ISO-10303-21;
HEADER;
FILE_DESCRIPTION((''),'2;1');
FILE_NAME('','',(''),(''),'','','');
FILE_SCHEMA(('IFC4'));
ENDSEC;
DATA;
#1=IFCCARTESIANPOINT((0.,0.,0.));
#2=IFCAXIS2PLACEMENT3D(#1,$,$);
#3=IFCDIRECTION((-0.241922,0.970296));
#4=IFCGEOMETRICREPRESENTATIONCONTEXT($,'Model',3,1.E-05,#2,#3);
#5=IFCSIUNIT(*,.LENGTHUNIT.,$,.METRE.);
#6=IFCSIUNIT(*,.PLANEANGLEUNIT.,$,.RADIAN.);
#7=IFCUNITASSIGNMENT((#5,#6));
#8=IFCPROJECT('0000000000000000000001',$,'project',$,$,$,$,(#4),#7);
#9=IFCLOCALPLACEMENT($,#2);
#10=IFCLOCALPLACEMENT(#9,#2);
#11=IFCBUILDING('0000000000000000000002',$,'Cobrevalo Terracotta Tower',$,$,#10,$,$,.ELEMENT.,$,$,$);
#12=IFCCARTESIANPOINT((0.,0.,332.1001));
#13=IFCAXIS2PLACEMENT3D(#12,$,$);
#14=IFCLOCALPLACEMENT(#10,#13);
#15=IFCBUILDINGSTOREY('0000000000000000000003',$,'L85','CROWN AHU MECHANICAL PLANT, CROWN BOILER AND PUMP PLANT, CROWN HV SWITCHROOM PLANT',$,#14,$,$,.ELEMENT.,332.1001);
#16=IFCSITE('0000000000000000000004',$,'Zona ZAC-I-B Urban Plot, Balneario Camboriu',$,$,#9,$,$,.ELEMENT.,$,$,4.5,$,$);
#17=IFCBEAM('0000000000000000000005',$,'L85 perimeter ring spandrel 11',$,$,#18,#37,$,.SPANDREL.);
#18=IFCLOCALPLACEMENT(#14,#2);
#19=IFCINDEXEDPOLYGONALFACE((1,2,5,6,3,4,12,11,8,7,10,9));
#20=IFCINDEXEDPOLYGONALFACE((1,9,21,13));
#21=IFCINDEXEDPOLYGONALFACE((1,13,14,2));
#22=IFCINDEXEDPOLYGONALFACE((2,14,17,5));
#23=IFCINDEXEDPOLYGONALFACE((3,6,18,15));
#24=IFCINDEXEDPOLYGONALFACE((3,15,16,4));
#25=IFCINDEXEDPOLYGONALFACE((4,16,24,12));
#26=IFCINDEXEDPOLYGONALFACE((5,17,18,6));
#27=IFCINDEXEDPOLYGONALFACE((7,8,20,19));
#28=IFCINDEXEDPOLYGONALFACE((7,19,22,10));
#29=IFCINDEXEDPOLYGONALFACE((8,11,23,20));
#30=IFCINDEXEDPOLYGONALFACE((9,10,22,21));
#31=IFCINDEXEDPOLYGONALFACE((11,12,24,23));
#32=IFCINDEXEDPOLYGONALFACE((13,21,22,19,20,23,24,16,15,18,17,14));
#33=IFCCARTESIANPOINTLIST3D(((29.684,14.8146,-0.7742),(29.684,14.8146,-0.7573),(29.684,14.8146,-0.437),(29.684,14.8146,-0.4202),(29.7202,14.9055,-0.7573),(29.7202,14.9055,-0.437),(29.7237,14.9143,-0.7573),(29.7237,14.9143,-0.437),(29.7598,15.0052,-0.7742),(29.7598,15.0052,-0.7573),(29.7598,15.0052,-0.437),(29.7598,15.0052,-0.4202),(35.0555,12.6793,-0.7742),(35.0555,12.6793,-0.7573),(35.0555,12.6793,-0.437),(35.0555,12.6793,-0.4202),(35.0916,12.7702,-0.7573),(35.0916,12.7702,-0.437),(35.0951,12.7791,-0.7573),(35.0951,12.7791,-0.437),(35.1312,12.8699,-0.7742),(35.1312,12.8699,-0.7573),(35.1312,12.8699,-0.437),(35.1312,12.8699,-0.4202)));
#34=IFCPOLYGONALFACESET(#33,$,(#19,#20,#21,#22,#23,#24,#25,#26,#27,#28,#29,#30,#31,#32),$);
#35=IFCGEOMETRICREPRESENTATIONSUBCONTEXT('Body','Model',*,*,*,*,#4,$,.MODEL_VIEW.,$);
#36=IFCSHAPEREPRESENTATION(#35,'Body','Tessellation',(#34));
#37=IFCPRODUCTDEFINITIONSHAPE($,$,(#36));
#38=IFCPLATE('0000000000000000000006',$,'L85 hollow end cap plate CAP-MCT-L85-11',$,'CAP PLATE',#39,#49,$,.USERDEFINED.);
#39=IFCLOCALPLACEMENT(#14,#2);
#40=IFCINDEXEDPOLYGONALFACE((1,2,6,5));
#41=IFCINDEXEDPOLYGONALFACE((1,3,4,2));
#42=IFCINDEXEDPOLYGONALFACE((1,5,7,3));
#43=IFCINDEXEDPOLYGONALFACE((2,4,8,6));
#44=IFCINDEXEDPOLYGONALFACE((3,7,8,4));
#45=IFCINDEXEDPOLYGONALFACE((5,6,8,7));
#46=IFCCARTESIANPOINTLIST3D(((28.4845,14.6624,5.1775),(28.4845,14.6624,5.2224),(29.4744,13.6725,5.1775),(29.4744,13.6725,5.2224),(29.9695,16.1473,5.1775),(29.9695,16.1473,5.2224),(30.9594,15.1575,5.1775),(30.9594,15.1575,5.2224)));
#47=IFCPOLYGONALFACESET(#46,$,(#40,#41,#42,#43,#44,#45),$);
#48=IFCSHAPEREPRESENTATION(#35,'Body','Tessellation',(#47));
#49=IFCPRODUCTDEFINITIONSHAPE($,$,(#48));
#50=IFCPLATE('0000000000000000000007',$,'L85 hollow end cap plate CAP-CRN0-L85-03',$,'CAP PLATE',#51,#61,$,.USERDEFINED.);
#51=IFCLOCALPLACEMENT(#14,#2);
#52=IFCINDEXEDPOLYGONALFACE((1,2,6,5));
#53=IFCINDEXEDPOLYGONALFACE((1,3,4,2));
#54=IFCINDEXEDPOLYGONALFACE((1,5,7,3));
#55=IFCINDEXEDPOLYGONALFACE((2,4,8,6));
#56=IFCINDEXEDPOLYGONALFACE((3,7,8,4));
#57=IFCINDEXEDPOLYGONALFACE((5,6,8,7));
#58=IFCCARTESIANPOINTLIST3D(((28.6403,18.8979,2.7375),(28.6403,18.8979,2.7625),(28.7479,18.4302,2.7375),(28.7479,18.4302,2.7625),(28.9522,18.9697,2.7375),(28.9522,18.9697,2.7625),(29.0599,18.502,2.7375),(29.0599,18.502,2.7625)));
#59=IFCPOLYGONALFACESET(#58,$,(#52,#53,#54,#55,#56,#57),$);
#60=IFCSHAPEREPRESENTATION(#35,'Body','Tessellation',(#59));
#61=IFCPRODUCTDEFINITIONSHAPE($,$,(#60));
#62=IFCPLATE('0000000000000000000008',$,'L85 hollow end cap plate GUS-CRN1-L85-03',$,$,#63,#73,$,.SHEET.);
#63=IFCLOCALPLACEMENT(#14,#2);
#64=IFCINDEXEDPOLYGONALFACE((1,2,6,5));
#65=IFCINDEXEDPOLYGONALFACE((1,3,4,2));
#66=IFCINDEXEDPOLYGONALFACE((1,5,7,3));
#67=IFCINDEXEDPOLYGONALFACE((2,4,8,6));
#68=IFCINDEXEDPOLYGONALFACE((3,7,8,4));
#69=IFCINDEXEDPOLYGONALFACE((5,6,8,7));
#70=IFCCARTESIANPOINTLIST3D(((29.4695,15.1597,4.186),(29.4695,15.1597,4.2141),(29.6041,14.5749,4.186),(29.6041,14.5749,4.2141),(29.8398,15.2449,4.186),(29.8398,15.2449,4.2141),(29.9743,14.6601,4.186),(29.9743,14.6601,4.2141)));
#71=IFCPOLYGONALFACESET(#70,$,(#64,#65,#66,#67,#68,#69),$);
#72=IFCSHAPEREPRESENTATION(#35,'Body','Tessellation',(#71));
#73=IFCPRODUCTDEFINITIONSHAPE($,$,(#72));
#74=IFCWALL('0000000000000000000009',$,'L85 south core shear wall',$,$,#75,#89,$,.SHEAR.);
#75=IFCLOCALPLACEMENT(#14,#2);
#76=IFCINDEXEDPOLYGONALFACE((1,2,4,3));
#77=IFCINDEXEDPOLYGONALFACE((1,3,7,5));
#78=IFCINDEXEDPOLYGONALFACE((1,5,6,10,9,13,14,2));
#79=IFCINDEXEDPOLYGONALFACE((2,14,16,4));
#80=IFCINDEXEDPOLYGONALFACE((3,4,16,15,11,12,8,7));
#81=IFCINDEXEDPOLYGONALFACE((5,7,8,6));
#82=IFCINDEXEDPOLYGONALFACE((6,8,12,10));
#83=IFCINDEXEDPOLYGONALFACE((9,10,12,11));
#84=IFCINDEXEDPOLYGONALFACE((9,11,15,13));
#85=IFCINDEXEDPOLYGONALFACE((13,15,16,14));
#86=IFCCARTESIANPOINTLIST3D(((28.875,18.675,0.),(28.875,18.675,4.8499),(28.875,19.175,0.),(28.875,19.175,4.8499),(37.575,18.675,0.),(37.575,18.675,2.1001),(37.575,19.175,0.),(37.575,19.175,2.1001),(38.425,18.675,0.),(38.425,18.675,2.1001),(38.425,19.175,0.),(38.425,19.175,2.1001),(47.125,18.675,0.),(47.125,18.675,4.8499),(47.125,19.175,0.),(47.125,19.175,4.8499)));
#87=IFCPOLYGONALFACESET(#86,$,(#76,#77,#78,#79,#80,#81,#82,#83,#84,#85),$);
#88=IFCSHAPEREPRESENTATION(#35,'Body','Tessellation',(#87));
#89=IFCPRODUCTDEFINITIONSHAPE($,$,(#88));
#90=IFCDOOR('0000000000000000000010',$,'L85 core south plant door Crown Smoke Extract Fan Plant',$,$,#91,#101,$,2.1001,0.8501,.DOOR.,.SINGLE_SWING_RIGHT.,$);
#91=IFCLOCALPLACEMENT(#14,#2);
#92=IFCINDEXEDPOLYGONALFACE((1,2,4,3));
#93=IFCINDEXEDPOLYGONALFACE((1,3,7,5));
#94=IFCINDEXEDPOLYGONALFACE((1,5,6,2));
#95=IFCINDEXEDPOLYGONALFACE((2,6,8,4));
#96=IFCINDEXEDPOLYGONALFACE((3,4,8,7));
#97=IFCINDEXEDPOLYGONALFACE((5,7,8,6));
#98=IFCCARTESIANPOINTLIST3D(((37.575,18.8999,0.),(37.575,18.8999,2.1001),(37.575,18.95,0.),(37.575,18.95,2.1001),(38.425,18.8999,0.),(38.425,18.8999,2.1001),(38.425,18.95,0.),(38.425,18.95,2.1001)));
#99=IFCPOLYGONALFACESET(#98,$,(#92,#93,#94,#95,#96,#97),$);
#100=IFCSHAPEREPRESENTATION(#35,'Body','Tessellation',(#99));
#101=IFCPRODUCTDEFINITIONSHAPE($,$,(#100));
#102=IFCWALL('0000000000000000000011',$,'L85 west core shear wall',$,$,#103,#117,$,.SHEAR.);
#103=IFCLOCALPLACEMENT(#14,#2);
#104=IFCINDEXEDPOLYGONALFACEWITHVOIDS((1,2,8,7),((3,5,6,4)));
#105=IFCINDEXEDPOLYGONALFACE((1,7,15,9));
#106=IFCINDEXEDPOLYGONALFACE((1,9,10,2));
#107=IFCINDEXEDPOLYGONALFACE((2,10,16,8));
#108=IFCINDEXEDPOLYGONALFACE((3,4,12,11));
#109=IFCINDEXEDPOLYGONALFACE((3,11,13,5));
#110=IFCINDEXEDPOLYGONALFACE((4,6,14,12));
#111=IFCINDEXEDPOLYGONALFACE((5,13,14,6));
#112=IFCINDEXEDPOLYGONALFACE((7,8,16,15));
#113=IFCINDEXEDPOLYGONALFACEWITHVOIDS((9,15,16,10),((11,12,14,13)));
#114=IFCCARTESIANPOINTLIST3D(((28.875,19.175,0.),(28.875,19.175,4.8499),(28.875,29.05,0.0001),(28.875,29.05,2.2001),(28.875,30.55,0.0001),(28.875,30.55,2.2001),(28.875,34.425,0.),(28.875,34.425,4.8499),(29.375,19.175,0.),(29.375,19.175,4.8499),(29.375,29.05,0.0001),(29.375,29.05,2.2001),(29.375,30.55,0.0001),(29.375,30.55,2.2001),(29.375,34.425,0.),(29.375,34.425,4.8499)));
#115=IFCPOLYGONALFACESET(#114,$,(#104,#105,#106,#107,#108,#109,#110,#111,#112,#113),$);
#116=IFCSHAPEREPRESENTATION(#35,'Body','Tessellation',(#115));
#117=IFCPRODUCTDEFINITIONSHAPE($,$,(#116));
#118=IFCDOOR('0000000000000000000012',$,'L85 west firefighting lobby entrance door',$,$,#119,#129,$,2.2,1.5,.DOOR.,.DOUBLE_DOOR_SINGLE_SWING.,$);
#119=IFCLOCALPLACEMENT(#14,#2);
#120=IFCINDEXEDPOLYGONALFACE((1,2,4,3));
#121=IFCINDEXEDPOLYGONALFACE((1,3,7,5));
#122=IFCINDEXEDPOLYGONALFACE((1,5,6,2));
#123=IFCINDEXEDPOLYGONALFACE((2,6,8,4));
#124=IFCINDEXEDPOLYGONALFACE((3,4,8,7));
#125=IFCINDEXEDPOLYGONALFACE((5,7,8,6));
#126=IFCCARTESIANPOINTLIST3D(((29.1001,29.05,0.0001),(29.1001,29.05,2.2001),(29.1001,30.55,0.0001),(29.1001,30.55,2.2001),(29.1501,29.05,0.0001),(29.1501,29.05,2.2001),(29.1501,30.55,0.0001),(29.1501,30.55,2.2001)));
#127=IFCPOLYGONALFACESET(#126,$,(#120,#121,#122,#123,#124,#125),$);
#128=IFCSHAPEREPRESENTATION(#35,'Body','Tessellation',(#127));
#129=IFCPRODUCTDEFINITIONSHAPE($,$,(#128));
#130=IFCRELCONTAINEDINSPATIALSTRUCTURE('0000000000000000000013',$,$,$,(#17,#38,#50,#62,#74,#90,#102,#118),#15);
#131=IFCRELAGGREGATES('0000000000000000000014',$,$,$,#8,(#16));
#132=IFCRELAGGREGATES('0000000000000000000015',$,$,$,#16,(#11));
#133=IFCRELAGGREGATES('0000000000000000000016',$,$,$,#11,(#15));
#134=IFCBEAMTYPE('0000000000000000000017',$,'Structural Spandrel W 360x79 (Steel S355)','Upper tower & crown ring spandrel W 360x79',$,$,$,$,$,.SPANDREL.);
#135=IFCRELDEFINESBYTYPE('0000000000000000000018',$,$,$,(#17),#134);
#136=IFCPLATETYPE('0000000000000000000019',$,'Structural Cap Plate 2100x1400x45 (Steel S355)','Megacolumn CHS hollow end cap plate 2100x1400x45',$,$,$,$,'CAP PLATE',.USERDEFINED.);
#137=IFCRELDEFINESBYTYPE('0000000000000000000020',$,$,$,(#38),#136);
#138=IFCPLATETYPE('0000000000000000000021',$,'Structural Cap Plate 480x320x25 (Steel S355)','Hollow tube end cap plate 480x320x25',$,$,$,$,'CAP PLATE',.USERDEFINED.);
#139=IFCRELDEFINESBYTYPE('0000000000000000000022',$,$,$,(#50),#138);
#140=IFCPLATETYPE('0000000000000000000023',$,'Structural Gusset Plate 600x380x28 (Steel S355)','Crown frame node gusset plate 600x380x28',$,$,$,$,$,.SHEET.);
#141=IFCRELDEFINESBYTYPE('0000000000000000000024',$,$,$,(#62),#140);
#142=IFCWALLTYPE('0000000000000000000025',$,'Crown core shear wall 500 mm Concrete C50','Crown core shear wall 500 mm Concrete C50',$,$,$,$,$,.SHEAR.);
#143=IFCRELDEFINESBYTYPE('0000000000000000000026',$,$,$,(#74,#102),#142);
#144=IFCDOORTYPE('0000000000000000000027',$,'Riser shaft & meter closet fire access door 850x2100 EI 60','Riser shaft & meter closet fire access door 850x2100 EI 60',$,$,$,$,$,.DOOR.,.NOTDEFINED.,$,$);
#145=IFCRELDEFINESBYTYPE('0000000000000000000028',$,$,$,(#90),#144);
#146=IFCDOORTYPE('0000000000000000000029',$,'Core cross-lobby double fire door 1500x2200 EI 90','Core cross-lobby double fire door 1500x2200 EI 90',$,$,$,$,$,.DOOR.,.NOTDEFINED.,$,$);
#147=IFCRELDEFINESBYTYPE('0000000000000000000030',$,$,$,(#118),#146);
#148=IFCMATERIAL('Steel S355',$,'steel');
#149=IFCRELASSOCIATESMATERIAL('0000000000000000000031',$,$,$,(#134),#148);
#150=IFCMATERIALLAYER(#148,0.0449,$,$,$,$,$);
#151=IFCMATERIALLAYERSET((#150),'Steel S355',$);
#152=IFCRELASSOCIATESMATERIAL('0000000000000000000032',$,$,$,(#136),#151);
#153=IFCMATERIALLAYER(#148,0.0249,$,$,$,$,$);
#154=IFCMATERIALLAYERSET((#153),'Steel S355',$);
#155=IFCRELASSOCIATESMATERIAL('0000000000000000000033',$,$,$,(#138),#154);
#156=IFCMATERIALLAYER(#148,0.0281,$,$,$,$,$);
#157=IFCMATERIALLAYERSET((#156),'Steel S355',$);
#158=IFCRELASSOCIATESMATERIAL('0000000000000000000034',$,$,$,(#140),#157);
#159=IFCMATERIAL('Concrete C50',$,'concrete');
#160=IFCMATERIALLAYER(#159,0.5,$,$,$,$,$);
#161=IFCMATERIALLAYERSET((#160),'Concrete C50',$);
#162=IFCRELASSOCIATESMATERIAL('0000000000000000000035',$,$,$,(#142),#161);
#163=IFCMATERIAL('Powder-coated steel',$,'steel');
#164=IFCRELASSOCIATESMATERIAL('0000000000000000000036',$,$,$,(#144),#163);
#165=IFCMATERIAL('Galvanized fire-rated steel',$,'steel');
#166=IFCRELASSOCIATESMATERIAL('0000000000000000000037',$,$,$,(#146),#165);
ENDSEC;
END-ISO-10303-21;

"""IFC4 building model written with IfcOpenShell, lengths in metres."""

from ifc_helpers import new_model, si_unit, direction, frame, frame_2d, origin, origin_2d, place, context, subcontext, project, spatial, rectangle, i_section, extrude, source, transform, mapped, material, layer, layer_set, material_profile, profile_set, type_object, element, fill, save


model = new_model("IFC4")

# Units and contexts
model_context = context("Model", 3, precision=1e-05, world=origin(), true_north=direction((-0.241922, 0.970296)))
body_context = subcontext(model_context, "Body", "Model", "MODEL_VIEW")
ifc_project = project(units=[si_unit("LENGTHUNIT", "METRE"), si_unit("PLANEANGLEUNIT", "RADIAN")], contexts=[model_context])

# Site, building, storey
site_placement = place(None, origin())
site = spatial("IfcSite", under=ifc_project, at=site_placement, Name="Zona ZAC-I-B Urban Plot, Balneario Camboriu", CompositionType="ELEMENT", RefElevation=4.5)
building_placement = place(site_placement, origin())
building = spatial("IfcBuilding", under=site, at=building_placement, Name="Cobrevalo Terracotta Tower", CompositionType="ELEMENT")
storey_placement = place(building_placement, frame((0.0, 0.0, 332.1001)))
storey = spatial("IfcBuildingStorey", under=building, at=storey_placement, Name="L85", Description="CROWN AHU MECHANICAL PLANT, CROWN BOILER AND PUMP PLANT, CROWN HV SWITCHROOM PLANT", CompositionType="ELEMENT", Elevation=332.1001)

# Shared definitions
ifc_material_1 = material(Name="Steel S355", Category="steel")
ifc_material_2 = material(Name="Concrete C50", Category="concrete")

# Beam
ifc_material_profile_1 = material_profile(ifc_material_1, i_section(OverallWidth=0.2051, OverallDepth=0.354, WebThickness=0.0095, FlangeThickness=0.0168, at=origin_2d()), Name="W 360x79")
ifc_profile_set_1 = profile_set([ifc_material_profile_1], Name="Steel S355")
beam_type_1 = type_object("IfcBeamType", Name="Structural Spandrel W 360x79 (Steel S355)", Description="Upper tower & crown ring spandrel W 360x79", PredefinedType="SPANDREL", material=ifc_profile_set_1)
beam_1_placement = place(storey_placement, frame((29.7219, 14.9099, -0.5972), z_axis=(0.929267, -0.369409, 0.0), x_axis=(0.369409, 0.929267, 0.0)))
element("IfcBeam", 1, at=beam_1_placement, inside=storey, type_object=beam_type_1, Name="L85 perimeter ring spandrel 11", PredefinedType="SPANDREL", context=body_context, shape_type="SweptSolid", body=[
    extrude(i_section(OverallWidth=0.2051, OverallDepth=0.354, WebThickness=0.0095, FlangeThickness=0.0168, at=origin_2d()), origin(), (0.0, 0.0, 1.0), 5.7803),
])

# Plates
ifc_layer_1 = layer(ifc_material_1, 0.0449)
ifc_layer_set_1 = layer_set([ifc_layer_1], Name="Steel S355")
plate_type_1 = type_object("IfcPlateType", Name="Structural Cap Plate 2100x1400x45 (Steel S355)", Description="Megacolumn CHS hollow end cap plate 2100x1400x45", ElementType="CAP PLATE", PredefinedType="USERDEFINED", material=ifc_layer_set_1)
shared_shape_1 = source(origin(), body_context, "Body", "SweptSolid", [
    extrude(rectangle(XDim=2.1001, YDim=1.3999, at=origin_2d()), origin(), (0.0, 0.0, 1.0), 0.0449),
])
plate_1_placement = place(storey_placement, frame((29.7219, 14.9099, 5.1775), z_axis=(0.0, 0.0, 1.0), x_axis=(-0.707107, -0.707107, 0.0)))
element("IfcPlate", 2, at=plate_1_placement, inside=storey, type_object=plate_type_1, Name="L85 hollow end cap plate CAP-MCT-L85-11", ObjectType="CAP PLATE", PredefinedType="USERDEFINED", context=body_context, shape_type="MappedRepresentation", body=[
    mapped(shared_shape_1, transform((0.0, 0.0, 0.0), scale=1.0)),
])
ifc_layer_2 = layer(ifc_material_1, 0.0249)
ifc_layer_set_2 = layer_set([ifc_layer_2], Name="Steel S355")
plate_type_2 = type_object("IfcPlateType", Name="Structural Cap Plate 480x320x25 (Steel S355)", Description="Hollow tube end cap plate 480x320x25", ElementType="CAP PLATE", PredefinedType="USERDEFINED", material=ifc_layer_set_2)
shared_shape_2 = source(origin(), body_context, "Body", "SweptSolid", [
    extrude(rectangle(XDim=0.48, YDim=0.3201, at=origin_2d()), origin(), (0.0, 0.0, 1.0), 0.0249),
])
plate_2_placement = place(storey_placement, frame((28.8501, 18.7, 2.7375), z_axis=(0.0, 0.0, 1.0), x_axis=(0.224221, -0.974538, 0.0)))
element("IfcPlate", 3, at=plate_2_placement, inside=storey, type_object=plate_type_2, Name="L85 hollow end cap plate CAP-CRN0-L85-03", ObjectType="CAP PLATE", PredefinedType="USERDEFINED", context=body_context, shape_type="MappedRepresentation", body=[
    mapped(shared_shape_2, transform((0.0, 0.0, 0.0), scale=1.0)),
])
ifc_layer_3 = layer(ifc_material_1, 0.0281)
ifc_layer_set_3 = layer_set([ifc_layer_3], Name="Steel S355")
plate_type_3 = type_object("IfcPlateType", Name="Structural Gusset Plate 600x380x28 (Steel S355)", Description="Crown frame node gusset plate 600x380x28", PredefinedType="SHEET", material=ifc_layer_set_3)
shared_shape_3 = source(origin(), body_context, "Body", "SweptSolid", [
    extrude(rectangle(XDim=0.6001, YDim=0.3799, at=origin_2d()), origin(), (0.0, 0.0, 1.0), 0.0281),
])
plate_3_placement = place(storey_placement, frame((29.7219, 14.9099, 4.186), z_axis=(0.0, 0.0, 1.0), x_axis=(0.224221, -0.974538, 0.0)))
element("IfcPlate", 4, at=plate_3_placement, inside=storey, type_object=plate_type_3, Name="L85 hollow end cap plate GUS-CRN1-L85-03", PredefinedType="SHEET", context=body_context, shape_type="MappedRepresentation", body=[
    mapped(shared_shape_3, transform((0.0, 0.0, 0.0), scale=1.0)),
])

# Walls, openings, doors
ifc_layer_4 = layer(ifc_material_2, 0.5)
ifc_layer_set_4 = layer_set([ifc_layer_4], Name="Concrete C50")
wall_type_1 = type_object("IfcWallType", Name="Crown core shear wall 500 mm Concrete C50", Description="Crown core shear wall 500 mm Concrete C50", PredefinedType="SHEAR", material=ifc_layer_set_4)
wall_1_placement = place(storey_placement, frame((28.875, 18.925, 0.0), z_axis=(0.0, 0.0, 1.0), x_axis=(1.0, 0.0, 0.0)))
wall_1 = element("IfcWall", 5, at=wall_1_placement, inside=storey, type_object=wall_type_1, Name="L85 south core shear wall", PredefinedType="SHEAR", context=body_context, shape_type="SweptSolid", body=[
    extrude(rectangle(XDim=18.25, YDim=0.5, at=frame_2d((9.125, 0.0))), origin(), (0.0, 0.0, 1.0), 4.8499),
])
opening_1_placement = place(wall_1_placement, frame((8.7, 0.0, 0.0)))
opening_1 = element("IfcOpeningElement", 6, at=opening_1_placement, cuts=wall_1, PredefinedType="OPENING", context=body_context, shape_type="SweptSolid", body=[
    extrude(rectangle(XDim=0.8501, YDim=2.1001, at=frame_2d((0.425, 1.05))), frame((0.0, 0.26, 0.0), z_axis=(0.0, -1.0, 0.0), x_axis=(1.0, 0.0, 0.0)), (0.0, 0.0, 1.0), 0.52),
])
ifc_material_3 = material(Name="Powder-coated steel", Category="steel")
door_type_1 = type_object("IfcDoorType", Name="Riser shaft & meter closet fire access door 850x2100 EI 60", Description="Riser shaft & meter closet fire access door 850x2100 EI 60", OperationType="NOTDEFINED", PredefinedType="DOOR", material=ifc_material_3)
shared_shape_4 = source(origin(), body_context, "Body", "SweptSolid", [
    extrude(rectangle(XDim=0.8501, YDim=2.1001, at=frame_2d((0.425, 1.05))), frame((0.0, 0.0249, 0.0), z_axis=(0.0, -1.0, 0.0), x_axis=(1.0, 0.0, 0.0)), (0.0, 0.0, 1.0), 0.05),
])
door_1_placement = place(opening_1_placement, origin())
door_1 = element("IfcDoor", 7, at=door_1_placement, inside=storey, type_object=door_type_1, Name="L85 core south plant door Crown Smoke Extract Fan Plant", OperationType="SINGLE_SWING_RIGHT", OverallHeight=2.1001, OverallWidth=0.8501, PredefinedType="DOOR", context=body_context, shape_type="MappedRepresentation", body=[
    mapped(shared_shape_4, transform((0.0, 0.0, 0.0), scale=1.0)),
])
fill(opening_1, door_1)
wall_2_placement = place(storey_placement, frame((29.125, 19.175, 0.0), z_axis=(0.0, 0.0, 1.0), x_axis=(0.0, 1.0, 0.0)))
wall_2 = element("IfcWall", 8, at=wall_2_placement, inside=storey, type_object=wall_type_1, Name="L85 west core shear wall", PredefinedType="SHEAR", context=body_context, shape_type="SweptSolid", body=[
    extrude(rectangle(XDim=15.25, YDim=0.5, at=frame_2d((7.625, 0.0))), origin(), (0.0, 0.0, 1.0), 4.8499),
])
opening_2_placement = place(wall_2_placement, frame((9.875, 0.0, 0.0)))
opening_2 = element("IfcOpeningElement", 9, at=opening_2_placement, cuts=wall_2, PredefinedType="OPENING", context=body_context, shape_type="SweptSolid", body=[
    extrude(rectangle(XDim=1.5, YDim=2.2, at=frame_2d((0.75, 1.1001))), frame((0.0, 0.26, 0.0), z_axis=(0.0, -1.0, 0.0), x_axis=(1.0, 0.0, 0.0)), (0.0, 0.0, 1.0), 0.52),
])
ifc_material_4 = material(Name="Galvanized fire-rated steel", Category="steel")
door_type_2 = type_object("IfcDoorType", Name="Core cross-lobby double fire door 1500x2200 EI 90", Description="Core cross-lobby double fire door 1500x2200 EI 90", OperationType="NOTDEFINED", PredefinedType="DOOR", material=ifc_material_4)
shared_shape_5 = source(origin(), body_context, "Body", "SweptSolid", [
    extrude(rectangle(XDim=1.5, YDim=2.2, at=frame_2d((0.75, 1.1001))), frame((0.0, 0.0249, 0.0), z_axis=(0.0, -1.0, 0.0), x_axis=(1.0, 0.0, 0.0)), (0.0, 0.0, 1.0), 0.05),
])
door_2_placement = place(opening_2_placement, origin())
door_2 = element("IfcDoor", 10, at=door_2_placement, inside=storey, type_object=door_type_2, Name="L85 west firefighting lobby entrance door", OperationType="DOUBLE_DOOR_SINGLE_SWING", OverallHeight=2.2, OverallWidth=1.5, PredefinedType="DOOR", context=body_context, shape_type="MappedRepresentation", body=[
    mapped(shared_shape_5, transform((0.0, 0.0, 0.0), scale=1.0)),
])
fill(opening_2, door_2)

save(model, "model.ifc")
